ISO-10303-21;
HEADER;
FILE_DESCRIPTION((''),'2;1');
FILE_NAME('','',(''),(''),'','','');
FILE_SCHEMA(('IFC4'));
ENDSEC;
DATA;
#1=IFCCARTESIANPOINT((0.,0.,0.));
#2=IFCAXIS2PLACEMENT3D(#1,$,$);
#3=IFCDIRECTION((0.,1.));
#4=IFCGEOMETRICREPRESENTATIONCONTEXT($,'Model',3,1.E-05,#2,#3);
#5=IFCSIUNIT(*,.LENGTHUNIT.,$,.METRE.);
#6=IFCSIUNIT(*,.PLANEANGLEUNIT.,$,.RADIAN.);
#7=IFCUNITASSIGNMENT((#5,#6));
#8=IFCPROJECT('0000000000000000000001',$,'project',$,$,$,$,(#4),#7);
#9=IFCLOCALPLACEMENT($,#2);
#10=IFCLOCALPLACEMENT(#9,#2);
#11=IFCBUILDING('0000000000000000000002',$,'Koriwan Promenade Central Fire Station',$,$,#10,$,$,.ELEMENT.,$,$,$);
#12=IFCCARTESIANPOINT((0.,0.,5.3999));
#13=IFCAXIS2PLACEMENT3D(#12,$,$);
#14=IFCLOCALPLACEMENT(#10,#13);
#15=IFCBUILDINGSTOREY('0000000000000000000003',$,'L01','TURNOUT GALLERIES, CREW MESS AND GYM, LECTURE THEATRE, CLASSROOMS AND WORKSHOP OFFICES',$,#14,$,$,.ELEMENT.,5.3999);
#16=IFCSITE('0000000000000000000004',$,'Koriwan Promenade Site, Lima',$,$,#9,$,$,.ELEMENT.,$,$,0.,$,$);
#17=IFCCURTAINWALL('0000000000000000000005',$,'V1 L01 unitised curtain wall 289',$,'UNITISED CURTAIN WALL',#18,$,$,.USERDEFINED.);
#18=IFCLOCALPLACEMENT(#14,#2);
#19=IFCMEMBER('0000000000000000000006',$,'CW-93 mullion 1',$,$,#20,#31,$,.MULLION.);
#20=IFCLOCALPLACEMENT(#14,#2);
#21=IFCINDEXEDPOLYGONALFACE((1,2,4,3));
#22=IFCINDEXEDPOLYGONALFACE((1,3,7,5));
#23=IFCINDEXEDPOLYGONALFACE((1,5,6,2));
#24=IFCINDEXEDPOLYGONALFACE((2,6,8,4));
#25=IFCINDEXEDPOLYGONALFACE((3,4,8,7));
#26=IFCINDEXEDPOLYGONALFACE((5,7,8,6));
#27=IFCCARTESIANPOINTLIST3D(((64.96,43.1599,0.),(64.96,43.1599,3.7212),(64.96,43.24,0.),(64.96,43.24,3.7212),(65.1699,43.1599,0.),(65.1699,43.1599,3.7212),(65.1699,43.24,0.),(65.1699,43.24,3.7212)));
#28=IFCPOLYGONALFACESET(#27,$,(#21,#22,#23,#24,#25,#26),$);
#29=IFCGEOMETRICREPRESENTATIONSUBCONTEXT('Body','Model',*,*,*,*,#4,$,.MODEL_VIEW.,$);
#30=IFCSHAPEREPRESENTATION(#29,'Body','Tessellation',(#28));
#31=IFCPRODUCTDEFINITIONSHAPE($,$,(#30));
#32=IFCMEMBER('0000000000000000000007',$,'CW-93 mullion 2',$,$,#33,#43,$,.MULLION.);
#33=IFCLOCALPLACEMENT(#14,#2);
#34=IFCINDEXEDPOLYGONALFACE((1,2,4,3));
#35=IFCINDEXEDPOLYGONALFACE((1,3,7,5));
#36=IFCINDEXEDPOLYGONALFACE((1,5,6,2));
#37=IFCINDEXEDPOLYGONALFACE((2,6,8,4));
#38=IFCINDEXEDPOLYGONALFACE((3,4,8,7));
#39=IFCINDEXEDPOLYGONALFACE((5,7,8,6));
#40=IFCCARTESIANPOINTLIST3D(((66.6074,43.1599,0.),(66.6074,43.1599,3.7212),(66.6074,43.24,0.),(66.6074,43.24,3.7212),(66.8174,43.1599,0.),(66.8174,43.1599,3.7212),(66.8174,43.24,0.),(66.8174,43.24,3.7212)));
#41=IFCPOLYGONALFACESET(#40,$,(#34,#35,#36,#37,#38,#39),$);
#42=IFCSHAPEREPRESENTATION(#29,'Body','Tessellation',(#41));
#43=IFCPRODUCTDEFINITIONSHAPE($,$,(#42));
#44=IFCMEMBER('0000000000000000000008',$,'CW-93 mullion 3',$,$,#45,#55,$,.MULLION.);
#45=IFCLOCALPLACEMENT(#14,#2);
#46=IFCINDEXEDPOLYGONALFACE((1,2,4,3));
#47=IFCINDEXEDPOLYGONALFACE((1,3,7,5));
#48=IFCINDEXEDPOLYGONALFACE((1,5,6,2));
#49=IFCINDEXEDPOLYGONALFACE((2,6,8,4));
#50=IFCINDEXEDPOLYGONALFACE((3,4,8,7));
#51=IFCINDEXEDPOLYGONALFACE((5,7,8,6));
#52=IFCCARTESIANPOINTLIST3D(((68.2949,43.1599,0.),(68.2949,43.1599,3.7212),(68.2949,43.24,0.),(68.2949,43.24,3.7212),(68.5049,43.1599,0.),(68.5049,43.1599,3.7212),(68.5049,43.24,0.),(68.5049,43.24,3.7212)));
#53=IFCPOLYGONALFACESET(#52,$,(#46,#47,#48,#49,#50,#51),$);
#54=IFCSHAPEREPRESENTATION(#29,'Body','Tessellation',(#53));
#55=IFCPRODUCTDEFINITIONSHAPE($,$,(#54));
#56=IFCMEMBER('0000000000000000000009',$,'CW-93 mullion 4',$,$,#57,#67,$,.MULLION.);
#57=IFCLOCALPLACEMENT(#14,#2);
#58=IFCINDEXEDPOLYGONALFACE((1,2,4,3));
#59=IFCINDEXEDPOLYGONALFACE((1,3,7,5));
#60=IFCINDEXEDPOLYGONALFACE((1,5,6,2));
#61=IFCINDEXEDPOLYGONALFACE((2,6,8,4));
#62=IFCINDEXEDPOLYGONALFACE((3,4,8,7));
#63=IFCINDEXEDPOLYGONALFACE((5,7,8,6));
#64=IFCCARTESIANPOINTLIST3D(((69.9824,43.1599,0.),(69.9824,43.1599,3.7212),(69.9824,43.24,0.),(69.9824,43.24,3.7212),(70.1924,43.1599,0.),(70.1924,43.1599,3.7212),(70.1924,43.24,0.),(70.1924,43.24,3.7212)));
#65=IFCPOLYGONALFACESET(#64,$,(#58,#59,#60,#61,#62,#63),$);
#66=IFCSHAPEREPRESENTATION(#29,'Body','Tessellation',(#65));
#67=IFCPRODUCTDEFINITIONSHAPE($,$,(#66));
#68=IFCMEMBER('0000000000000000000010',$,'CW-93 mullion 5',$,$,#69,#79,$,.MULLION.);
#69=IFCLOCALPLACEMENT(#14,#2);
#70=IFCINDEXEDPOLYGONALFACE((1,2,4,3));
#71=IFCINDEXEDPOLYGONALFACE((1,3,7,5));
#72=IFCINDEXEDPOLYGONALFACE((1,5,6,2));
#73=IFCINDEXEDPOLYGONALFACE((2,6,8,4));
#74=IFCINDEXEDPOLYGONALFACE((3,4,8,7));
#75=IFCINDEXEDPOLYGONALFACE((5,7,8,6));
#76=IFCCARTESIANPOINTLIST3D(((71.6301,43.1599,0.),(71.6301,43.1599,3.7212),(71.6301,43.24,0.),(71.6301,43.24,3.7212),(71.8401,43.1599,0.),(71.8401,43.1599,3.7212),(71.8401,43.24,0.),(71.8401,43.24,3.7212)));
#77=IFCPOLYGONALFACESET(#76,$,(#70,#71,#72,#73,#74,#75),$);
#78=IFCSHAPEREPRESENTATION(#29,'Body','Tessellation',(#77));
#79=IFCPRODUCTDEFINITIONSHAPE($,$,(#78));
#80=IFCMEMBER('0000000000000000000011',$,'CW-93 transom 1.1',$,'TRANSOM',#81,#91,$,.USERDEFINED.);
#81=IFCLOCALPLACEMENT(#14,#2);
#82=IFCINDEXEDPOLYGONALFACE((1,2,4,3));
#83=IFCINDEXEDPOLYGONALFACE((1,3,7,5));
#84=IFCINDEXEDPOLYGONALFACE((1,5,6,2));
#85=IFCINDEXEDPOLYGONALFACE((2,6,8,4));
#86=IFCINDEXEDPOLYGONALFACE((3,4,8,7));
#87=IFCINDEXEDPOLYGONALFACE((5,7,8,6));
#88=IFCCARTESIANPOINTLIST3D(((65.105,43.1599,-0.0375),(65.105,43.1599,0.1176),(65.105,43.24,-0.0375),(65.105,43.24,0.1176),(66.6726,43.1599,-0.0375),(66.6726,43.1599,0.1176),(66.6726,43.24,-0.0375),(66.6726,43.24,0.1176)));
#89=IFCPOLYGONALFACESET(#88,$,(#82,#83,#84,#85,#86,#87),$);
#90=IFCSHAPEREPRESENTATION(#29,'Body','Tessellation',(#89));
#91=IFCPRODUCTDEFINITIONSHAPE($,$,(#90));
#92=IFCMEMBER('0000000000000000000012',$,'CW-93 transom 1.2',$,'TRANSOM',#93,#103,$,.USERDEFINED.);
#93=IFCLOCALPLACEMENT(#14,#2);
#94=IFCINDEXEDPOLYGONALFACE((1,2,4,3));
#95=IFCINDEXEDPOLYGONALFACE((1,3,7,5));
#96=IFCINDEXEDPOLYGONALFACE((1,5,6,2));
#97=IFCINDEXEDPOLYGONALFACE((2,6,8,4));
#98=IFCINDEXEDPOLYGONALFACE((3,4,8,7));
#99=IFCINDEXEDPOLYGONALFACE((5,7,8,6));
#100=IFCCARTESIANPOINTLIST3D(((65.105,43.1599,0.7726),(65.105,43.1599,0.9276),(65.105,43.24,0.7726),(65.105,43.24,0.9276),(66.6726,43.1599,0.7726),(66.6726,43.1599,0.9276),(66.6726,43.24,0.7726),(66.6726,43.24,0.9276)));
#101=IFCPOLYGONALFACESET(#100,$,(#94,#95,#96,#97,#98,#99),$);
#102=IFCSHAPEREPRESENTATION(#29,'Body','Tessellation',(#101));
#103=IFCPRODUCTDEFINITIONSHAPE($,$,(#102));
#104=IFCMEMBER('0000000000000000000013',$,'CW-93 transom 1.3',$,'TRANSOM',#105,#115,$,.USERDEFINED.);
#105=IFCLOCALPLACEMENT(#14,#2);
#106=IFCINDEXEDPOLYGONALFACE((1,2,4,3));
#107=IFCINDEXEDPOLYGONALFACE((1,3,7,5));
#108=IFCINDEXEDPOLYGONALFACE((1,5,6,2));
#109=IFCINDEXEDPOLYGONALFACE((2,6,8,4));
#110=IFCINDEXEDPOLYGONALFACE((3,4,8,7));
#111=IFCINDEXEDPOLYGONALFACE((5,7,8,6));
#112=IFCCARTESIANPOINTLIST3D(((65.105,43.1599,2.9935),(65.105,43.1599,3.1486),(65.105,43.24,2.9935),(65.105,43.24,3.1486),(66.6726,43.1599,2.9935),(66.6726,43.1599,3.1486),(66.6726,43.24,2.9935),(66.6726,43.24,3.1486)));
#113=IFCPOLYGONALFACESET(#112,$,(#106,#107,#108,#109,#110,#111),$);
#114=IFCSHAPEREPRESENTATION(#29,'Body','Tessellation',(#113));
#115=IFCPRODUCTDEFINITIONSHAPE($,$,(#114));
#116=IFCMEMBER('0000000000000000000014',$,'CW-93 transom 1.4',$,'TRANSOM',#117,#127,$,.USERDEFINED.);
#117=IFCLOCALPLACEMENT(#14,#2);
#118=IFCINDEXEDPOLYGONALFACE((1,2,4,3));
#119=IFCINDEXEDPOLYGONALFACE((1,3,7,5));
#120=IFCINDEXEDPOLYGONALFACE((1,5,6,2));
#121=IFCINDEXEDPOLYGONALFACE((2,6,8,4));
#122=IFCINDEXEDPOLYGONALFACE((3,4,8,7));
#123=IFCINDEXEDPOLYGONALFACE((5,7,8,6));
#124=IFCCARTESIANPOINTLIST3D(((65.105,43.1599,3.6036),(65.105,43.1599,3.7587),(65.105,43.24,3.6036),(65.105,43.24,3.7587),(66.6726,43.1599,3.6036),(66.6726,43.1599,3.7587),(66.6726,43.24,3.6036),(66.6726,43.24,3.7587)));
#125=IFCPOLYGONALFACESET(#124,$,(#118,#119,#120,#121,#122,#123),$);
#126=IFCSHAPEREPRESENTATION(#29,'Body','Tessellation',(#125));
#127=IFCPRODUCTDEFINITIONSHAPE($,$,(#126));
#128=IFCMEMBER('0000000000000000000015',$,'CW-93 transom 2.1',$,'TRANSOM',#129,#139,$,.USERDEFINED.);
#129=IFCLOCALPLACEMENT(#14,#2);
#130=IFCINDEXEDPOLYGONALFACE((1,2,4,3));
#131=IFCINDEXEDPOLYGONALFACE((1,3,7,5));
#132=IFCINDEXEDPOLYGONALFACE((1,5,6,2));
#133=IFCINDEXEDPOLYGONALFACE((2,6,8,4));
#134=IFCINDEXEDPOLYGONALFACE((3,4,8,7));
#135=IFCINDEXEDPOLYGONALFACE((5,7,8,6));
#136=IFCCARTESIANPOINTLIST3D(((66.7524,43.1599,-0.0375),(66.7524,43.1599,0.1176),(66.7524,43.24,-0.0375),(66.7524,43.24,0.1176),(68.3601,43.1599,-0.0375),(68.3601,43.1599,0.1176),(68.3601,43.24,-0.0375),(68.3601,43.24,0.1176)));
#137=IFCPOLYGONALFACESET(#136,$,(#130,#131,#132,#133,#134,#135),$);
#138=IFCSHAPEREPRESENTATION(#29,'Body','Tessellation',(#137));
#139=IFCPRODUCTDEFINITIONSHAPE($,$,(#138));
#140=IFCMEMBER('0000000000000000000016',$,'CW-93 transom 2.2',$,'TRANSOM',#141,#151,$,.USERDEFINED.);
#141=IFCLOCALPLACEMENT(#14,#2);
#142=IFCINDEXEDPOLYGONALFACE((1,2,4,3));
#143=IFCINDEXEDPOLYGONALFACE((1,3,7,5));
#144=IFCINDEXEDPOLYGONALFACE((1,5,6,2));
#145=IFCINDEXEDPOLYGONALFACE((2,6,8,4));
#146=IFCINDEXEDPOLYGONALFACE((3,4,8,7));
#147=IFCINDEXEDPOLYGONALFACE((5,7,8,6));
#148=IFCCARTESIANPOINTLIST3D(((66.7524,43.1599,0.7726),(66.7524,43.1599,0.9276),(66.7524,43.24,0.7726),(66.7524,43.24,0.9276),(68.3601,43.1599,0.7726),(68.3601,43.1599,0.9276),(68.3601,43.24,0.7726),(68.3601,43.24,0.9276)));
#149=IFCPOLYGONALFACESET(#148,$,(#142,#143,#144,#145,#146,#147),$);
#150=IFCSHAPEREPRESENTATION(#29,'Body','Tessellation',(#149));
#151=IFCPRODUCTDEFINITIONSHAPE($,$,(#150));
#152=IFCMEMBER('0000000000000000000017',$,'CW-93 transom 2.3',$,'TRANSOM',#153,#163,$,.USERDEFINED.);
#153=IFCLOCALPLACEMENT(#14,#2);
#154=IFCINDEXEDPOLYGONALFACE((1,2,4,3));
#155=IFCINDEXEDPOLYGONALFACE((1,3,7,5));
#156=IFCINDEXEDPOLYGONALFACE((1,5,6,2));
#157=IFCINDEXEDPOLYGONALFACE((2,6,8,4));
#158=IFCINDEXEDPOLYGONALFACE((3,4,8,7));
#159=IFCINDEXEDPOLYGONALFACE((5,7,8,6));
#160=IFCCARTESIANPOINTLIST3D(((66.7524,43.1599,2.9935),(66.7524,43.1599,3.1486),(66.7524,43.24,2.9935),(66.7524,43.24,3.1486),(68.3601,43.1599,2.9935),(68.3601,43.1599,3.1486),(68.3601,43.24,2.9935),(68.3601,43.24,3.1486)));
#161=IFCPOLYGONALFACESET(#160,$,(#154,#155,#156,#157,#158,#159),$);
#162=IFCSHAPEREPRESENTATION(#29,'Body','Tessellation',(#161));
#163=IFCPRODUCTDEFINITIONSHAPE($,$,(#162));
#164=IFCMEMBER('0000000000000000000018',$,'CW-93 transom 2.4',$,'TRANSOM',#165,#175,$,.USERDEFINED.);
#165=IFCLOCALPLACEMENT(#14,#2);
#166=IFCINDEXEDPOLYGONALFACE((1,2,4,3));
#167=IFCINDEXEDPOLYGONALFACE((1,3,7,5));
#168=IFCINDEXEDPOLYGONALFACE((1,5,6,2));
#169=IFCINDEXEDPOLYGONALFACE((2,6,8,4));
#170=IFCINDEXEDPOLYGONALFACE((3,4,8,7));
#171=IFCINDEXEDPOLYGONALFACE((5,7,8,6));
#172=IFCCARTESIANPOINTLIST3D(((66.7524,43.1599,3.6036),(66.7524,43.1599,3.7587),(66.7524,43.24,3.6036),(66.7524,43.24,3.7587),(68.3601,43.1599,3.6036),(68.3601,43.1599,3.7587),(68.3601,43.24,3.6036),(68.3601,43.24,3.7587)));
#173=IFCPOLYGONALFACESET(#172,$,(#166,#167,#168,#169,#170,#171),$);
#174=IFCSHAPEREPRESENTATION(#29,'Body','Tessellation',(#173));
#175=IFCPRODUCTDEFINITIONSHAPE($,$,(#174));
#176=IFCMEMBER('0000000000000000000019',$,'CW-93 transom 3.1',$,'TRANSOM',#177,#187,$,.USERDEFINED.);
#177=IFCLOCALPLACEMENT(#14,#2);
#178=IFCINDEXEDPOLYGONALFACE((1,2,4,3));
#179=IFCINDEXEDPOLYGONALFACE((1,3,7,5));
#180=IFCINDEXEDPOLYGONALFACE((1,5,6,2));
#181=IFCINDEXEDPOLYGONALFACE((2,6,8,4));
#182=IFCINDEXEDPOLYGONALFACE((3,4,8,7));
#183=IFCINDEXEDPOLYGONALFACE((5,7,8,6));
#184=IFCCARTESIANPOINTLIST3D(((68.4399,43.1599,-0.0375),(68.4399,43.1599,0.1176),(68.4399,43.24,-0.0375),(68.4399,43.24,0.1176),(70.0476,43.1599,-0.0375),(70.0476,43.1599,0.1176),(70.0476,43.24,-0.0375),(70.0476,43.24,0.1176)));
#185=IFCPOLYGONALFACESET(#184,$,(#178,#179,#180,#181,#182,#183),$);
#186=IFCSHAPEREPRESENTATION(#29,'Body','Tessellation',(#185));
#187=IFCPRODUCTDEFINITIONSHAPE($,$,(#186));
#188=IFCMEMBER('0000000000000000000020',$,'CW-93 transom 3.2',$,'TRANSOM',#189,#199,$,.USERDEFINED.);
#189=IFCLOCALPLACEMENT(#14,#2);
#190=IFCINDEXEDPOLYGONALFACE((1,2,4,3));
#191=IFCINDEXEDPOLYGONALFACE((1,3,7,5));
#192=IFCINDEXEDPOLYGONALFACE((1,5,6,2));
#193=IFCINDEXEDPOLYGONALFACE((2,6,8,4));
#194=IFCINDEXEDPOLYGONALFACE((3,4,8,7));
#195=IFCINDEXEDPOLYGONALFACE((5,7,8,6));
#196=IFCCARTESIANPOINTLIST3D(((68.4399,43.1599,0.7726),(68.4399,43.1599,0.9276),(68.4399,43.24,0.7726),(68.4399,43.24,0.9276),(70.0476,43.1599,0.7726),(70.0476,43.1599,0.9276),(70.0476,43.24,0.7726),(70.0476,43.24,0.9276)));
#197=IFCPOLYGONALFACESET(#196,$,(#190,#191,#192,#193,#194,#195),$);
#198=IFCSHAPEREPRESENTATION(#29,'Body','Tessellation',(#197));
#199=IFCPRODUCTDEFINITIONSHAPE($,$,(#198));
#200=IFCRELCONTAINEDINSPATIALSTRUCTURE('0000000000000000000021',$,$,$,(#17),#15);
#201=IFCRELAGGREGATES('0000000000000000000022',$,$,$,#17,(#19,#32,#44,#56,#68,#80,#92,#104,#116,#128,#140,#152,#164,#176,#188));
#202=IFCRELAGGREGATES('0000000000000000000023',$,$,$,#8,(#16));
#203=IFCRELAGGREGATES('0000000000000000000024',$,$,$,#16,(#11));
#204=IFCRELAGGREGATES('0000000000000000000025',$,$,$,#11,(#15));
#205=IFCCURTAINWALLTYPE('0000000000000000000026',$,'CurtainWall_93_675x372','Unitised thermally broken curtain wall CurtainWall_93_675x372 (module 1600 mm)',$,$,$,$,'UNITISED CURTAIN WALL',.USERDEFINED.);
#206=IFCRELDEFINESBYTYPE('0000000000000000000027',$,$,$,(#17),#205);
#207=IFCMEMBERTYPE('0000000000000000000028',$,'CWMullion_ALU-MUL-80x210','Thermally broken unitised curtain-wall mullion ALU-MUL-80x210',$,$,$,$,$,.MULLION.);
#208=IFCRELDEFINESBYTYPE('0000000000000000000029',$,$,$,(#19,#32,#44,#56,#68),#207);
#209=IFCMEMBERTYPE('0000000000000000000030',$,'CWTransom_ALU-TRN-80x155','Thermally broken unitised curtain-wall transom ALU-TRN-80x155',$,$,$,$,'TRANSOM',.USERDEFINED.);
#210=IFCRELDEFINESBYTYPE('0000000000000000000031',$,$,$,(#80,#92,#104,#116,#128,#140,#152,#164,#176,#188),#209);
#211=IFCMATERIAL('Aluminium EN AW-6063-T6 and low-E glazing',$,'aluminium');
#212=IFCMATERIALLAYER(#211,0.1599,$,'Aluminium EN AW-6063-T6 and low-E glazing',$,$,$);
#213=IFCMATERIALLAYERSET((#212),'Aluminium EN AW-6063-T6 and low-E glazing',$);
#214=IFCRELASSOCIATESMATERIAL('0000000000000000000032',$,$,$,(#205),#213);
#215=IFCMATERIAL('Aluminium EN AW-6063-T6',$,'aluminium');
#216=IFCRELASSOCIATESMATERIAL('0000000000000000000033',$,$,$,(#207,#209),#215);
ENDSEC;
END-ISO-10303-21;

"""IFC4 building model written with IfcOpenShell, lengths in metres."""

from ifc_helpers import new_model, si_unit, direction, frame, origin, origin_2d, place, context, subcontext, project, spatial, rectangle, extrude, material, layer, layer_set, material_profile, profile_set, type_object, element, aggregate, save


model = new_model("IFC4")

# Units and contexts
model_context = context("Model", 3, precision=1e-05, world=origin(), true_north=direction((0.0, 1.0)))
body_context = subcontext(model_context, "Body", "Model", "MODEL_VIEW")
ifc_project = project(units=[si_unit("LENGTHUNIT", "METRE"), si_unit("PLANEANGLEUNIT", "RADIAN")], contexts=[model_context])

# Site, building, storey
site_placement = place(None, origin())
site = spatial("IfcSite", under=ifc_project, at=site_placement, Name="Koriwan Promenade Site, Lima", CompositionType="ELEMENT", RefElevation=0.0)
building_placement = place(site_placement, origin())
building = spatial("IfcBuilding", under=site, at=building_placement, Name="Koriwan Promenade Central Fire Station", CompositionType="ELEMENT")
storey_placement = place(building_placement, frame((0.0, 0.0, 5.3999)))
storey = spatial("IfcBuildingStorey", under=building, at=storey_placement, Name="L01", Description="TURNOUT GALLERIES, CREW MESS AND GYM, LECTURE THEATRE, CLASSROOMS AND WORKSHOP OFFICES", CompositionType="ELEMENT", Elevation=5.3999)

# Curtain wall, members
ifc_material_1 = material(Name="Aluminium EN AW-6063-T6 and low-E glazing", Category="aluminium")
ifc_layer_1 = layer(ifc_material_1, 0.1599, Name="Aluminium EN AW-6063-T6 and low-E glazing")
ifc_layer_set_1 = layer_set([ifc_layer_1], Name="Aluminium EN AW-6063-T6 and low-E glazing")
curtain_wall_type = type_object("IfcCurtainWallType", Name="CurtainWall_93_675x372", Description="Unitised thermally broken curtain wall CurtainWall_93_675x372 (module 1600 mm)", ElementType="UNITISED CURTAIN WALL", PredefinedType="USERDEFINED", material=ifc_layer_set_1)
curtain_wall_placement = place(storey_placement, origin())
curtain_wall = element("IfcCurtainWall", 1, at=curtain_wall_placement, inside=storey, type_object=curtain_wall_type, Name="V1 L01 unitised curtain wall 289", ObjectType="UNITISED CURTAIN WALL", PredefinedType="USERDEFINED")
ifc_material_2 = material(Name="Aluminium EN AW-6063-T6", Category="aluminium")
ifc_material_profile_1 = material_profile(ifc_material_2, rectangle(XDim=0.0801, YDim=0.21, at=origin_2d()), Name="ALU-MUL-80x210")
ifc_profile_set_1 = profile_set([ifc_material_profile_1], Name="Aluminium EN AW-6063-T6")
member_type_1 = type_object("IfcMemberType", Name="CWMullion_ALU-MUL-80x210", Description="Thermally broken unitised curtain-wall mullion ALU-MUL-80x210", PredefinedType="MULLION", material=ifc_profile_set_1)
member_1_placement = place(storey_placement, frame((65.0649, 43.2, 0.0), z_axis=(0.0, 0.0, 1.0), x_axis=(0.0, 1.0, 0.0)))
member_1 = element("IfcMember", 2, at=member_1_placement, type_object=member_type_1, Name="CW-93 mullion 1", PredefinedType="MULLION", context=body_context, shape_type="SweptSolid", body=[
    extrude(rectangle(XDim=0.0801, YDim=0.21, at=origin_2d()), origin(), (0.0, 0.0, 1.0), 3.7212),
])
member_2_placement = place(storey_placement, frame((66.7124, 43.2, 0.0), z_axis=(0.0, 0.0, 1.0), x_axis=(0.0, 1.0, 0.0)))
member_2 = element("IfcMember", 3, at=member_2_placement, type_object=member_type_1, Name="CW-93 mullion 2", PredefinedType="MULLION", context=body_context, shape_type="SweptSolid", body=[
    extrude(rectangle(XDim=0.0801, YDim=0.21, at=origin_2d()), origin(), (0.0, 0.0, 1.0), 3.7212),
])
member_3_placement = place(storey_placement, frame((68.3999, 43.2, 0.0), z_axis=(0.0, 0.0, 1.0), x_axis=(0.0, 1.0, 0.0)))
member_3 = element("IfcMember", 4, at=member_3_placement, type_object=member_type_1, Name="CW-93 mullion 3", PredefinedType="MULLION", context=body_context, shape_type="SweptSolid", body=[
    extrude(rectangle(XDim=0.0801, YDim=0.21, at=origin_2d()), origin(), (0.0, 0.0, 1.0), 3.7212),
])
member_4_placement = place(storey_placement, frame((70.0874, 43.2, 0.0), z_axis=(0.0, 0.0, 1.0), x_axis=(0.0, 1.0, 0.0)))
member_4 = element("IfcMember", 5, at=member_4_placement, type_object=member_type_1, Name="CW-93 mullion 4", PredefinedType="MULLION", context=body_context, shape_type="SweptSolid", body=[
    extrude(rectangle(XDim=0.0801, YDim=0.21, at=origin_2d()), origin(), (0.0, 0.0, 1.0), 3.7212),
])
member_5_placement = place(storey_placement, frame((71.7351, 43.2, 0.0), z_axis=(0.0, 0.0, 1.0), x_axis=(0.0, 1.0, 0.0)))
member_5 = element("IfcMember", 6, at=member_5_placement, type_object=member_type_1, Name="CW-93 mullion 5", PredefinedType="MULLION", context=body_context, shape_type="SweptSolid", body=[
    extrude(rectangle(XDim=0.0801, YDim=0.21, at=origin_2d()), origin(), (0.0, 0.0, 1.0), 3.7212),
])
ifc_material_profile_2 = material_profile(ifc_material_2, rectangle(XDim=0.0801, YDim=0.155, at=origin_2d()), Name="ALU-TRN-80x155")
ifc_profile_set_2 = profile_set([ifc_material_profile_2], Name="Aluminium EN AW-6063-T6")
member_type_2 = type_object("IfcMemberType", Name="CWTransom_ALU-TRN-80x155", Description="Thermally broken unitised curtain-wall transom ALU-TRN-80x155", ElementType="TRANSOM", PredefinedType="USERDEFINED", material=ifc_profile_set_2)
member_6_placement = place(storey_placement, frame((65.105, 43.2, 0.04), z_axis=(1.0, 0.0, 0.0), x_axis=(0.0, 1.0, 0.0)))
member_6 = element("IfcMember", 7, at=member_6_placement, type_object=member_type_2, Name="CW-93 transom 1.1", ObjectType="TRANSOM", PredefinedType="USERDEFINED", context=body_context, shape_type="SweptSolid", body=[
    extrude(rectangle(XDim=0.0801, YDim=0.155, at=origin_2d()), origin(), (0.0, 0.0, 1.0), 1.5676),
])
member_7_placement = place(storey_placement, frame((65.105, 43.2, 0.8501), z_axis=(1.0, 0.0, 0.0), x_axis=(0.0, 1.0, 0.0)))
member_7 = element("IfcMember", 8, at=member_7_placement, type_object=member_type_2, Name="CW-93 transom 1.2", ObjectType="TRANSOM", PredefinedType="USERDEFINED", context=body_context, shape_type="SweptSolid", body=[
    extrude(rectangle(XDim=0.0801, YDim=0.155, at=origin_2d()), origin(), (0.0, 0.0, 1.0), 1.5676),
])
member_8_placement = place(storey_placement, frame((65.105, 43.2, 3.071), z_axis=(1.0, 0.0, 0.0), x_axis=(0.0, 1.0, 0.0)))
member_8 = element("IfcMember", 9, at=member_8_placement, type_object=member_type_2, Name="CW-93 transom 1.3", ObjectType="TRANSOM", PredefinedType="USERDEFINED", context=body_context, shape_type="SweptSolid", body=[
    extrude(rectangle(XDim=0.0801, YDim=0.155, at=origin_2d()), origin(), (0.0, 0.0, 1.0), 1.5676),
])
member_9_placement = place(storey_placement, frame((65.105, 43.2, 3.6812), z_axis=(1.0, 0.0, 0.0), x_axis=(0.0, 1.0, 0.0)))
member_9 = element("IfcMember", 10, at=member_9_placement, type_object=member_type_2, Name="CW-93 transom 1.4", ObjectType="TRANSOM", PredefinedType="USERDEFINED", context=body_context, shape_type="SweptSolid", body=[
    extrude(rectangle(XDim=0.0801, YDim=0.155, at=origin_2d()), origin(), (0.0, 0.0, 1.0), 1.5676),
])
member_10_placement = place(storey_placement, frame((66.7524, 43.2, 0.04), z_axis=(1.0, 0.0, 0.0), x_axis=(0.0, 1.0, 0.0)))
member_10 = element("IfcMember", 11, at=member_10_placement, type_object=member_type_2, Name="CW-93 transom 2.1", ObjectType="TRANSOM", PredefinedType="USERDEFINED", context=body_context, shape_type="SweptSolid", body=[
    extrude(rectangle(XDim=0.0801, YDim=0.155, at=origin_2d()), origin(), (0.0, 0.0, 1.0), 1.6077),
])
member_11_placement = place(storey_placement, frame((66.7524, 43.2, 0.8501), z_axis=(1.0, 0.0, 0.0), x_axis=(0.0, 1.0, 0.0)))
member_11 = element("IfcMember", 12, at=member_11_placement, type_object=member_type_2, Name="CW-93 transom 2.2", ObjectType="TRANSOM", PredefinedType="USERDEFINED", context=body_context, shape_type="SweptSolid", body=[
    extrude(rectangle(XDim=0.0801, YDim=0.155, at=origin_2d()), origin(), (0.0, 0.0, 1.0), 1.6077),
])
member_12_placement = place(storey_placement, frame((66.7524, 43.2, 3.071), z_axis=(1.0, 0.0, 0.0), x_axis=(0.0, 1.0, 0.0)))
member_12 = element("IfcMember", 13, at=member_12_placement, type_object=member_type_2, Name="CW-93 transom 2.3", ObjectType="TRANSOM", PredefinedType="USERDEFINED", context=body_context, shape_type="SweptSolid", body=[
    extrude(rectangle(XDim=0.0801, YDim=0.155, at=origin_2d()), origin(), (0.0, 0.0, 1.0), 1.6077),
])
member_13_placement = place(storey_placement, frame((66.7524, 43.2, 3.6812), z_axis=(1.0, 0.0, 0.0), x_axis=(0.0, 1.0, 0.0)))
member_13 = element("IfcMember", 14, at=member_13_placement, type_object=member_type_2, Name="CW-93 transom 2.4", ObjectType="TRANSOM", PredefinedType="USERDEFINED", context=body_context, shape_type="SweptSolid", body=[
    extrude(rectangle(XDim=0.0801, YDim=0.155, at=origin_2d()), origin(), (0.0, 0.0, 1.0), 1.6077),
])
member_14_placement = place(storey_placement, frame((68.4399, 43.2, 0.04), z_axis=(1.0, 0.0, 0.0), x_axis=(0.0, 1.0, 0.0)))
member_14 = element("IfcMember", 15, at=member_14_placement, type_object=member_type_2, Name="CW-93 transom 3.1", ObjectType="TRANSOM", PredefinedType="USERDEFINED", context=body_context, shape_type="SweptSolid", body=[
    extrude(rectangle(XDim=0.0801, YDim=0.155, at=origin_2d()), origin(), (0.0, 0.0, 1.0), 1.6077),
])
member_15_placement = place(storey_placement, frame((68.4399, 43.2, 0.8501), z_axis=(1.0, 0.0, 0.0), x_axis=(0.0, 1.0, 0.0)))
member_15 = element("IfcMember", 16, at=member_15_placement, type_object=member_type_2, Name="CW-93 transom 3.2", ObjectType="TRANSOM", PredefinedType="USERDEFINED", context=body_context, shape_type="SweptSolid", body=[
    extrude(rectangle(XDim=0.0801, YDim=0.155, at=origin_2d()), origin(), (0.0, 0.0, 1.0), 1.6077),
])

aggregate(curtain_wall, [member_1, member_2, member_3, member_4, member_5, member_6, member_7, member_8, member_9, member_10, member_11, member_12, member_13, member_14, member_15])

save(model, "model.ifc")
